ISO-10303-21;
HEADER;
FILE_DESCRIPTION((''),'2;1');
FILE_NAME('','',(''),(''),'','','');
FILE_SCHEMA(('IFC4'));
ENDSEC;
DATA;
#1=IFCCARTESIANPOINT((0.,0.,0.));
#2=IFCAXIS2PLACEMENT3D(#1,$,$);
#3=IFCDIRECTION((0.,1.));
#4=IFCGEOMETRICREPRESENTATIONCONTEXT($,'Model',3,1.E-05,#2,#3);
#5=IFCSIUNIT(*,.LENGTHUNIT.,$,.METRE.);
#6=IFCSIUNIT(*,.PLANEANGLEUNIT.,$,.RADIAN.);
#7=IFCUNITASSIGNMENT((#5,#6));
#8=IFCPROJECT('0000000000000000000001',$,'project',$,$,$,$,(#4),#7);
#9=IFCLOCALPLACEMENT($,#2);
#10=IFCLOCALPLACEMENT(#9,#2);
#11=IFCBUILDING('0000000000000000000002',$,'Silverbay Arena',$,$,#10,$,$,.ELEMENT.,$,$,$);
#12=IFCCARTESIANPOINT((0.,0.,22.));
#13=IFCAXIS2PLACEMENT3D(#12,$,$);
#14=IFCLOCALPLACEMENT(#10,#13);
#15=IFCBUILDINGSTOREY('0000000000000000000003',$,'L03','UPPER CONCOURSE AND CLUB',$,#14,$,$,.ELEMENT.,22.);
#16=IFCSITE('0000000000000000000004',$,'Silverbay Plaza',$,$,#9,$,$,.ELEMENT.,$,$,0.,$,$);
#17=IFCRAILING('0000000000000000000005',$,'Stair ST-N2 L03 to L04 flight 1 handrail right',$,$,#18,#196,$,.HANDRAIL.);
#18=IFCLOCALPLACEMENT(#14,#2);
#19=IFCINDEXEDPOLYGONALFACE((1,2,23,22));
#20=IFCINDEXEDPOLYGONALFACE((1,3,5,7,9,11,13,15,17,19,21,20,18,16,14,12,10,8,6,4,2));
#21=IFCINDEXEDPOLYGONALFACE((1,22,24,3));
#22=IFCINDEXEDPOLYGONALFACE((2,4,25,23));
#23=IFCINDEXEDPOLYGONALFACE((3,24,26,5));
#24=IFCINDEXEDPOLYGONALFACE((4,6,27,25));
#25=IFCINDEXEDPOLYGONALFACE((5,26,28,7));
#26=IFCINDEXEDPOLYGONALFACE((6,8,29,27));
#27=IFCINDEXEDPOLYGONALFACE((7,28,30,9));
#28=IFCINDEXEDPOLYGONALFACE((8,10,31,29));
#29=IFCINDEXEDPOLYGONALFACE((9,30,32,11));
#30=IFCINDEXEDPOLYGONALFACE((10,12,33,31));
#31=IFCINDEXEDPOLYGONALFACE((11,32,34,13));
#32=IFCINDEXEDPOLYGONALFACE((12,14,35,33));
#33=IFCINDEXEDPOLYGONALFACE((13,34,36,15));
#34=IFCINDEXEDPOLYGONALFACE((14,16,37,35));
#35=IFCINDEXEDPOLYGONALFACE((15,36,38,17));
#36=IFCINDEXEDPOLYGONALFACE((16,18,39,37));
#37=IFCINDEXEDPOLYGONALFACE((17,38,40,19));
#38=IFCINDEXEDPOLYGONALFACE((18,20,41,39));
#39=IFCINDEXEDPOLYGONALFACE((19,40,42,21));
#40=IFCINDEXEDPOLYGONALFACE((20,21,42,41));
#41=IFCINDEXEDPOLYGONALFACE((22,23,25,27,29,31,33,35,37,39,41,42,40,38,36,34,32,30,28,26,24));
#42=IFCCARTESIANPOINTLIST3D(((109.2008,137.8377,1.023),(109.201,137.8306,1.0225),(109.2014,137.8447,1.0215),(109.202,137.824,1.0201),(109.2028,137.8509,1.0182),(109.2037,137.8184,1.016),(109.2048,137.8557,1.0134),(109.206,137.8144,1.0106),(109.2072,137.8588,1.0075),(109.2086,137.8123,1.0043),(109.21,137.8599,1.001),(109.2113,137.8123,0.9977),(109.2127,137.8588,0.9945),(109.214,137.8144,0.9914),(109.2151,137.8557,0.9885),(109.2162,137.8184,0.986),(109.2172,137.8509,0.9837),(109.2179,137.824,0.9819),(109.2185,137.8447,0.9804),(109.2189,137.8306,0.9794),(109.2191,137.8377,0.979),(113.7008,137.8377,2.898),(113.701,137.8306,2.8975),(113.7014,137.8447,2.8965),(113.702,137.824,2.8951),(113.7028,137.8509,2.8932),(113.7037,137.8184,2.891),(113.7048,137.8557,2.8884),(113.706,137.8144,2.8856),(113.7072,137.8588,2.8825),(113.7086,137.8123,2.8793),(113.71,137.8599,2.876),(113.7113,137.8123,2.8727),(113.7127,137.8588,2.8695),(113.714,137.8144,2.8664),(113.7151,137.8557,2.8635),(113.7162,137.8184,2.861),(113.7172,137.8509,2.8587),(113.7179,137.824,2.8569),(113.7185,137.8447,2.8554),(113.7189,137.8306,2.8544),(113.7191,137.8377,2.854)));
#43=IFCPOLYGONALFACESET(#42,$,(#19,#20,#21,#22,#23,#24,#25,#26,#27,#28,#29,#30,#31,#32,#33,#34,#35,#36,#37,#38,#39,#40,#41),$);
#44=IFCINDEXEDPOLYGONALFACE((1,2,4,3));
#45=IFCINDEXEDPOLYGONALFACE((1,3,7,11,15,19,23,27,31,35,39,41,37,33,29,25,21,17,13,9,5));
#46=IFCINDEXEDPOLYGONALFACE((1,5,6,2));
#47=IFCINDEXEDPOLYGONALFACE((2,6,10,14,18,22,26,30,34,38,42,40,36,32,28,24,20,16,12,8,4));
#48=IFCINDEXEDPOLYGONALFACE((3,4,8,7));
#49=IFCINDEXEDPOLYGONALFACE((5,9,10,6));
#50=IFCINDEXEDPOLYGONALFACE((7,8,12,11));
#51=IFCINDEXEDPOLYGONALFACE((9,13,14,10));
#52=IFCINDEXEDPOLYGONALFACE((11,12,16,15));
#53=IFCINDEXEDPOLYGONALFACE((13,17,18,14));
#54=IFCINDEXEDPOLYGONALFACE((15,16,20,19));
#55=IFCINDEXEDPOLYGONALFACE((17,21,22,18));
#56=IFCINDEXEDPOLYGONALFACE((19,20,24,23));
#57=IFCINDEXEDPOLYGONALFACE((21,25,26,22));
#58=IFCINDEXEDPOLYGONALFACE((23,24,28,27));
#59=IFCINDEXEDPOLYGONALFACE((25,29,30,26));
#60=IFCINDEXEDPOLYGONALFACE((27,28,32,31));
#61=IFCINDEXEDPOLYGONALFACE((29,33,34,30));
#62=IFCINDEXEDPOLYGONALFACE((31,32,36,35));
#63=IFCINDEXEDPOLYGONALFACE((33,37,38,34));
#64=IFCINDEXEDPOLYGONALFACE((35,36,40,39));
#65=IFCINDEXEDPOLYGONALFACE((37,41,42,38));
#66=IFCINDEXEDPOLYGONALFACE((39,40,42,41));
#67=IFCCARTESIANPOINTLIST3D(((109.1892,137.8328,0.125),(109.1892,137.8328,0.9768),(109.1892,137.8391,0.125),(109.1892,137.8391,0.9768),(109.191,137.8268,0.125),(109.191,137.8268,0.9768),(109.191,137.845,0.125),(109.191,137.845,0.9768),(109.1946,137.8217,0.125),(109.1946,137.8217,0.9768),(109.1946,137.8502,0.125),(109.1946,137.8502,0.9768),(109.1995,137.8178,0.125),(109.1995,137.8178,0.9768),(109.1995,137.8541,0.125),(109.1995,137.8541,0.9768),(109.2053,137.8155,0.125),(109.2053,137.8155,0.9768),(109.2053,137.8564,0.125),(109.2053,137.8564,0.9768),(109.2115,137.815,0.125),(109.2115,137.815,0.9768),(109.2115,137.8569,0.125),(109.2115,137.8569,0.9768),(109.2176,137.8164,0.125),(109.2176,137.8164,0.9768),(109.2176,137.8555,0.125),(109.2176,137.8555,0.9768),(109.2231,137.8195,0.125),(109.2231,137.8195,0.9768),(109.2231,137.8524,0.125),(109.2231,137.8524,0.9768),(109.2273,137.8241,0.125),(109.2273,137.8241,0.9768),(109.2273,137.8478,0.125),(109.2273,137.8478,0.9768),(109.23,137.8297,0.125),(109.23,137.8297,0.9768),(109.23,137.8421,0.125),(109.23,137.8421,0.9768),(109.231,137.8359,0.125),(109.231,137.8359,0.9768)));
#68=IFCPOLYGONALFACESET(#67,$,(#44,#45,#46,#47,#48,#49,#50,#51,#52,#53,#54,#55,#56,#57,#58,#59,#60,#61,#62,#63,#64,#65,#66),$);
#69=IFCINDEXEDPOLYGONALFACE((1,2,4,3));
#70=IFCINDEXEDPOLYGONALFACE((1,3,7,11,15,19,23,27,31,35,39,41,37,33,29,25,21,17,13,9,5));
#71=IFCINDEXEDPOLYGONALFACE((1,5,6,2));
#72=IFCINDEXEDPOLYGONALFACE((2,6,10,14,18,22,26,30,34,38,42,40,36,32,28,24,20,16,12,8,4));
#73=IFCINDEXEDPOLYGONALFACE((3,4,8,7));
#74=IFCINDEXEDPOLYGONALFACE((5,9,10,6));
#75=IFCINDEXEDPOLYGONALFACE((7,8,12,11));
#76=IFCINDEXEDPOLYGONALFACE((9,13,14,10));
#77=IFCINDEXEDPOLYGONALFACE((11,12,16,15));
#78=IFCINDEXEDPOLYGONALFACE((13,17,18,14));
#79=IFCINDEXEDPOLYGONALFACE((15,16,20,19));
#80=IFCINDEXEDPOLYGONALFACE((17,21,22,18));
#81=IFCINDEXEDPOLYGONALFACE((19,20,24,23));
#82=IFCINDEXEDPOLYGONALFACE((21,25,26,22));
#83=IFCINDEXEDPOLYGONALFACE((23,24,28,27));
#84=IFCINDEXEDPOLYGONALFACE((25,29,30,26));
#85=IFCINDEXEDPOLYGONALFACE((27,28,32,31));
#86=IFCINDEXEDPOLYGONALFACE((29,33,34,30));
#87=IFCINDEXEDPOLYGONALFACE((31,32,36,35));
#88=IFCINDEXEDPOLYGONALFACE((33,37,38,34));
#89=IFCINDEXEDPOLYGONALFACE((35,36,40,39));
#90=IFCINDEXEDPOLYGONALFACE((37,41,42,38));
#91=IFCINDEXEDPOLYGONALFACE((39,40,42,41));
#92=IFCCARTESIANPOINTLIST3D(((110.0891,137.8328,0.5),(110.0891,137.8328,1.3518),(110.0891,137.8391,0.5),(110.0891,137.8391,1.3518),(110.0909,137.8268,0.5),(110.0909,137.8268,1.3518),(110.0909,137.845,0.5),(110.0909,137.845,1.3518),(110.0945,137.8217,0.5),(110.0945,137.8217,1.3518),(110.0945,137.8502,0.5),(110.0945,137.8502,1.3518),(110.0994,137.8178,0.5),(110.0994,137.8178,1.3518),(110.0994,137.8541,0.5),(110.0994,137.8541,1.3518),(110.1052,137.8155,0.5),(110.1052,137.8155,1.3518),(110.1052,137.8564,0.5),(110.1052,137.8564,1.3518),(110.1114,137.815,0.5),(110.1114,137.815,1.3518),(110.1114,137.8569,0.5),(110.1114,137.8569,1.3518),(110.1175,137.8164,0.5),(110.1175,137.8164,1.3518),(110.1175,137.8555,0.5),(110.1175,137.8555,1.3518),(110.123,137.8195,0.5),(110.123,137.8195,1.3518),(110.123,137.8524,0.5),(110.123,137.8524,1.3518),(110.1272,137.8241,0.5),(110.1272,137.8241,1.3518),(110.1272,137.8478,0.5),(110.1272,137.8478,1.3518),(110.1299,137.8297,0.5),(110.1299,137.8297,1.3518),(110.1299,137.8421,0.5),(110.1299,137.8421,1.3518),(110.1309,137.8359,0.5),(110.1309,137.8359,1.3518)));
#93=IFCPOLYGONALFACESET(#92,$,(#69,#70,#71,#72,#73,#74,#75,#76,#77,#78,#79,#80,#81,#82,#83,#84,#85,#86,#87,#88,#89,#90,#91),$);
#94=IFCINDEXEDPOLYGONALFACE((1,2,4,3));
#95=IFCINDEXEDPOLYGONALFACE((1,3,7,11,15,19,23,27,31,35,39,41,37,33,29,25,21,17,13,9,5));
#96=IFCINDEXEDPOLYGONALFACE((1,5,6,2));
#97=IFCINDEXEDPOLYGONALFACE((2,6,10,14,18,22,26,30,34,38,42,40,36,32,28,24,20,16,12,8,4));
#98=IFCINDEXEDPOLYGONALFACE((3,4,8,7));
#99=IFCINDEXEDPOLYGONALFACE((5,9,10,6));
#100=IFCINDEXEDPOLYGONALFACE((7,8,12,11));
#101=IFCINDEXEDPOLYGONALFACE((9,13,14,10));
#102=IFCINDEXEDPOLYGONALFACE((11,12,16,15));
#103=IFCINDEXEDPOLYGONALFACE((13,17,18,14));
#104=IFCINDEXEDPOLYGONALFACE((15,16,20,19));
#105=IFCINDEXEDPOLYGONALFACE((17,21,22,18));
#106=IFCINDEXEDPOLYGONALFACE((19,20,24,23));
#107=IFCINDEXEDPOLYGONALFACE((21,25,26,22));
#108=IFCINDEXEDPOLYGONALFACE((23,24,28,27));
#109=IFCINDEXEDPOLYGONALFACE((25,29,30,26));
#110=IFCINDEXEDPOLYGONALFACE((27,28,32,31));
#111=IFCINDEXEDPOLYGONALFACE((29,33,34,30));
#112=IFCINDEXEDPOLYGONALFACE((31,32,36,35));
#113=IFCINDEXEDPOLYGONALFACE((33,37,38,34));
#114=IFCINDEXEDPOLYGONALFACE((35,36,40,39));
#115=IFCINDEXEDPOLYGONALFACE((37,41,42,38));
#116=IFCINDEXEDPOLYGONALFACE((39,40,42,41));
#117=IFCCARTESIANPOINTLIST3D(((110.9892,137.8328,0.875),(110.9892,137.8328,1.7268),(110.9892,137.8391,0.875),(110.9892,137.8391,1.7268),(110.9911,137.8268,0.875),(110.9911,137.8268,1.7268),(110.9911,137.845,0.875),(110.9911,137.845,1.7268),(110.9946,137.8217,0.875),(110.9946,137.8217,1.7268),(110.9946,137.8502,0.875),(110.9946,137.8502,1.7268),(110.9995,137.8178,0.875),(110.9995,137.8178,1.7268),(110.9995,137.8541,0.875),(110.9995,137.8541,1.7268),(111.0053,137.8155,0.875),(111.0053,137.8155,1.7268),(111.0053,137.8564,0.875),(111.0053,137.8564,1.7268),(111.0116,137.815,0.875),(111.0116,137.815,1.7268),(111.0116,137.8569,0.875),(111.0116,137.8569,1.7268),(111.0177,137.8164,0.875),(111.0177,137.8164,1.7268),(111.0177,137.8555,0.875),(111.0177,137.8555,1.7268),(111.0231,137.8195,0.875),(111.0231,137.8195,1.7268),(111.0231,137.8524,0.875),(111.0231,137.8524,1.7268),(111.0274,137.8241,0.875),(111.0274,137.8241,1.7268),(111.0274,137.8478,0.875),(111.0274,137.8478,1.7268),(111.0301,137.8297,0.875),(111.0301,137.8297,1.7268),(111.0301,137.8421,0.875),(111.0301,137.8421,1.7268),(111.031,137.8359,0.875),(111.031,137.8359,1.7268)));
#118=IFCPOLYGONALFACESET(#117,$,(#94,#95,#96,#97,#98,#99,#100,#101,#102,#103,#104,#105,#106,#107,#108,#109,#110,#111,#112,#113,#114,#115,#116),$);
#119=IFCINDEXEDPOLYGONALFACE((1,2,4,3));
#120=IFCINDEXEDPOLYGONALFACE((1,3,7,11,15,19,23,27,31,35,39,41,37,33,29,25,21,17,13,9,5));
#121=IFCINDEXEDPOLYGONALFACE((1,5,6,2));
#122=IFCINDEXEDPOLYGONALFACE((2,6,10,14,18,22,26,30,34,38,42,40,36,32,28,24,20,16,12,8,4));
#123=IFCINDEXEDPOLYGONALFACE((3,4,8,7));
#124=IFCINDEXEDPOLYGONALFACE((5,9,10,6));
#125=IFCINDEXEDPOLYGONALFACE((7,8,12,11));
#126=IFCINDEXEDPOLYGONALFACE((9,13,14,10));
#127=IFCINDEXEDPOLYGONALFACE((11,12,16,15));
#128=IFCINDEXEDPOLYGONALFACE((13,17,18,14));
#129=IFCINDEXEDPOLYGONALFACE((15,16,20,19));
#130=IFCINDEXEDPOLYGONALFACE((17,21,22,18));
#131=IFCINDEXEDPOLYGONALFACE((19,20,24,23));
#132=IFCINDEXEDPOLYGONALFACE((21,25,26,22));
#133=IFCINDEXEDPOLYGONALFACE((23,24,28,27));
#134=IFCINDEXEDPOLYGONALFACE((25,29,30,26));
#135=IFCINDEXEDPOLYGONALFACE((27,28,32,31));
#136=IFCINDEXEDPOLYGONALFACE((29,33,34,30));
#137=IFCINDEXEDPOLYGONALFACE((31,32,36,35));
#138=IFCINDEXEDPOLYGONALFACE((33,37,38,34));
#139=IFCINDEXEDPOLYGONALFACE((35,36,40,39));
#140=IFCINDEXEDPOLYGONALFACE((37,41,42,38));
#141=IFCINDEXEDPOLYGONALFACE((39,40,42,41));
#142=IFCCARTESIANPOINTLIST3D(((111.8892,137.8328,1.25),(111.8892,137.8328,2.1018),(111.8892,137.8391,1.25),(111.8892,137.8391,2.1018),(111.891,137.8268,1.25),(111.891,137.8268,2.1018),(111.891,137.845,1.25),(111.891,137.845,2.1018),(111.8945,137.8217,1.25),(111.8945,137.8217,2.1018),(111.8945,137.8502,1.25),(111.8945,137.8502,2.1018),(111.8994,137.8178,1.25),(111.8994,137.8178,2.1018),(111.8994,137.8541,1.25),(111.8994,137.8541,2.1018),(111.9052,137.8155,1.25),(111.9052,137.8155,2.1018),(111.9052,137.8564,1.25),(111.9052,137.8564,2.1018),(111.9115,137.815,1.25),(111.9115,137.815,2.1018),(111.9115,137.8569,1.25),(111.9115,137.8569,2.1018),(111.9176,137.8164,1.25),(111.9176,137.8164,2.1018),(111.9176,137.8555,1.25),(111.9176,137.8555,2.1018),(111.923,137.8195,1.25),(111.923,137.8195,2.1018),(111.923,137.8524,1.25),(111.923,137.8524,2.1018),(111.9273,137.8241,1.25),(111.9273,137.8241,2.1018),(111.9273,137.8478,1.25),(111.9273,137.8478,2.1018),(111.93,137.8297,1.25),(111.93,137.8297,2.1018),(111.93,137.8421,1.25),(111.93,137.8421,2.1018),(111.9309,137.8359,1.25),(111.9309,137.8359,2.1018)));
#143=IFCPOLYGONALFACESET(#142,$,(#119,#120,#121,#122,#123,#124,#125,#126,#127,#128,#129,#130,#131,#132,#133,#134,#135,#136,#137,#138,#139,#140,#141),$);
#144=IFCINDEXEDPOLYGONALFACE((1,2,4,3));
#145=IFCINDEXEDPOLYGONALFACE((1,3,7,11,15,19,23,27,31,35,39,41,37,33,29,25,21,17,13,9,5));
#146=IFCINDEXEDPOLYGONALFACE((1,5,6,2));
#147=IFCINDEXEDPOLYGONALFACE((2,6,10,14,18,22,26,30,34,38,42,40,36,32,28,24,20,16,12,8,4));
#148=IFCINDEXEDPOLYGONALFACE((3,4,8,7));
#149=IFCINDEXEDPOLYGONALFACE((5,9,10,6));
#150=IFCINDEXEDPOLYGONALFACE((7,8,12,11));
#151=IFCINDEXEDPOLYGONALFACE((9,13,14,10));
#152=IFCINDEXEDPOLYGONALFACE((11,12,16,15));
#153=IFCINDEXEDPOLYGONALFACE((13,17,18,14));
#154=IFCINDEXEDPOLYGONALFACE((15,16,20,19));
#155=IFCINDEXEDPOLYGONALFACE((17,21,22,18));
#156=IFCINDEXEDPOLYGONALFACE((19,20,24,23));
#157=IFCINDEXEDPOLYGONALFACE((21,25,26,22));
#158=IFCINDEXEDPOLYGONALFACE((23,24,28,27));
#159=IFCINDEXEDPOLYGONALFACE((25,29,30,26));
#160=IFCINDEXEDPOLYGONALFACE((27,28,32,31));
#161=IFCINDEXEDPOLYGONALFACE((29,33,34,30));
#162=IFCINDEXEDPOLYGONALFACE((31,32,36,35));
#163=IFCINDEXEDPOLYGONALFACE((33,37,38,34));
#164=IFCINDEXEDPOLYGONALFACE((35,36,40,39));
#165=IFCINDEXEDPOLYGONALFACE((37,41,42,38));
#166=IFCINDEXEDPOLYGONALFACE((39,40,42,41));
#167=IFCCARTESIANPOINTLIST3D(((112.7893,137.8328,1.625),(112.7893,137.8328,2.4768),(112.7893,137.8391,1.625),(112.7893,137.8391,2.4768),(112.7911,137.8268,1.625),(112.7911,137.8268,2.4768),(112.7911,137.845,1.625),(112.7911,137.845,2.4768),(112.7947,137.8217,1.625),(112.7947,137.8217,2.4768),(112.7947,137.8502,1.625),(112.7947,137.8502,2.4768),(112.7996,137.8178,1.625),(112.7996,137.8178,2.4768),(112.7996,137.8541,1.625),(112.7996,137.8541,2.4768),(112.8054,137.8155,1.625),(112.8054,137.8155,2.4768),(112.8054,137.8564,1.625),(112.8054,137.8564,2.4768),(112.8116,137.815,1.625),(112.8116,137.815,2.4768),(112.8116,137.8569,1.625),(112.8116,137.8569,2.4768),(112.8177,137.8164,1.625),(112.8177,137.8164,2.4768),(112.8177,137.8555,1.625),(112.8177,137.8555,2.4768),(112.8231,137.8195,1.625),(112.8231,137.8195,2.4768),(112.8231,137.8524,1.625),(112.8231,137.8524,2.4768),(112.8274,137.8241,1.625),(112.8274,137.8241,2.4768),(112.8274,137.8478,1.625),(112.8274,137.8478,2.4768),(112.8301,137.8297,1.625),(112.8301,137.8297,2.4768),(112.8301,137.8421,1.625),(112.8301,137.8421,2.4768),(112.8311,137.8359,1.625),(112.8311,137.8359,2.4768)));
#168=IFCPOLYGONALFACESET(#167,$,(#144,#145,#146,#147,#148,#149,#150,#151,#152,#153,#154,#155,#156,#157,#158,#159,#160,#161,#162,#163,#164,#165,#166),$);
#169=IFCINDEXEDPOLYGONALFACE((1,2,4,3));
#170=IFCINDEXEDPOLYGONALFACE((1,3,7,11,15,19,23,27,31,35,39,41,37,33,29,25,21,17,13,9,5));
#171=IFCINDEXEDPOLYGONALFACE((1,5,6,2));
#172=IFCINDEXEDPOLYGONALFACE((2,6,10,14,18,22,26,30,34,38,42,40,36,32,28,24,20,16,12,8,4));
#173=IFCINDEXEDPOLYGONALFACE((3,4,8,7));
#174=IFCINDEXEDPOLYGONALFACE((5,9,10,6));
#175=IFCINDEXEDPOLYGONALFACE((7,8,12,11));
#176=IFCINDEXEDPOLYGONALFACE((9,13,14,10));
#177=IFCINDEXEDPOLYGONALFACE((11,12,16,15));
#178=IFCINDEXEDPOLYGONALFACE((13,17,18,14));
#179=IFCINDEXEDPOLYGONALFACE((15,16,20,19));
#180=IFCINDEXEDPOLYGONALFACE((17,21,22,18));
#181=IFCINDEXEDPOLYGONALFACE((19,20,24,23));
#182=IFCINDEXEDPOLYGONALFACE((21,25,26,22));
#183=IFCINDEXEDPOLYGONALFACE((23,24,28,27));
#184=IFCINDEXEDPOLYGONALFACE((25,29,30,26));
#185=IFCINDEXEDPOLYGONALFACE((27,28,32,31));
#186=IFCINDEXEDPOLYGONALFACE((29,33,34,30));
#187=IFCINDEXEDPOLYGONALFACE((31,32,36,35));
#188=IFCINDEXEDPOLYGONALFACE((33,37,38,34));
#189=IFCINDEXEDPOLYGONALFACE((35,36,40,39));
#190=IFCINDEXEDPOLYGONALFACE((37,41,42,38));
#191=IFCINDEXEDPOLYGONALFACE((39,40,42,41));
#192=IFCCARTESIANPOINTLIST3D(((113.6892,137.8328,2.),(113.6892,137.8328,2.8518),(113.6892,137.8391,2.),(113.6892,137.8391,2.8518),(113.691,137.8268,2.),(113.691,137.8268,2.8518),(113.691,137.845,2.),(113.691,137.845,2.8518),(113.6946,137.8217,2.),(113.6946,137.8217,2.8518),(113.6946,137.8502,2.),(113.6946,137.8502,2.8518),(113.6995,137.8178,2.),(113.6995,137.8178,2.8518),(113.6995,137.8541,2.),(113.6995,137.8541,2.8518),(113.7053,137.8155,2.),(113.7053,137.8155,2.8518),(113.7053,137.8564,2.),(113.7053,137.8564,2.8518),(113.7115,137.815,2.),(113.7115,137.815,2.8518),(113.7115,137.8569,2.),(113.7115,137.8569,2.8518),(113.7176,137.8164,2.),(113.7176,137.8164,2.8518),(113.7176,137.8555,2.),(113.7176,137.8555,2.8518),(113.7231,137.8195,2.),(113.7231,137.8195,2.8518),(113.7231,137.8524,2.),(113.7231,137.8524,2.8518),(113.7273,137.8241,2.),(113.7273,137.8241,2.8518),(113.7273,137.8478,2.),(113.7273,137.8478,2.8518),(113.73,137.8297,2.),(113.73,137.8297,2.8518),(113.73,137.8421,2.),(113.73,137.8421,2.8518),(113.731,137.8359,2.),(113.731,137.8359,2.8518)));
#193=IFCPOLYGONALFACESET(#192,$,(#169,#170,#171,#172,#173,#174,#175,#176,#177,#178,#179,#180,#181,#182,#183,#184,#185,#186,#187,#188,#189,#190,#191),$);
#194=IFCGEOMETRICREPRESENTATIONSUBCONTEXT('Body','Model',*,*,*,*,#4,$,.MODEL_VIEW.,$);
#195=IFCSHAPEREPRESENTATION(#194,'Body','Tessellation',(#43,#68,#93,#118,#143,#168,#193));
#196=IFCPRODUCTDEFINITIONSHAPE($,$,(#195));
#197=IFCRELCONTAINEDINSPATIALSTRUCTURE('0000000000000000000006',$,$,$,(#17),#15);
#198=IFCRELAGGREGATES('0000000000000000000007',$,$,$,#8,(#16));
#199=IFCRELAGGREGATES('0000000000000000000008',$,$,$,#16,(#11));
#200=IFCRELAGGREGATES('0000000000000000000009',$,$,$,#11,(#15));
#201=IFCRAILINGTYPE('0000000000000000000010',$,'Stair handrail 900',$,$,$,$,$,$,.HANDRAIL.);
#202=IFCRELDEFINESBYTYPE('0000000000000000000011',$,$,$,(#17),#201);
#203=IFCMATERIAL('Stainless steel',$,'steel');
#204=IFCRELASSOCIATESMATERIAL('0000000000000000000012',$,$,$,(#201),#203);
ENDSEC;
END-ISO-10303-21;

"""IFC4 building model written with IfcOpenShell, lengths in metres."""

from ifc_helpers import new_model, si_unit, direction, frame, origin, origin_2d, place, context, subcontext, project, spatial, circle, extrude, material, type_object, element, save


model = new_model("IFC4")

# Units and contexts
model_context = context("Model", 3, precision=1e-05, world=origin(), true_north=direction((0.0, 1.0)))
body_context = subcontext(model_context, "Body", "Model", "MODEL_VIEW")
ifc_project = project(units=[si_unit("LENGTHUNIT", "METRE"), si_unit("PLANEANGLEUNIT", "RADIAN")], contexts=[model_context])

# Site, building, storey
site_placement = place(None, origin())
site = spatial("IfcSite", under=ifc_project, at=site_placement, Name="Silverbay Plaza", CompositionType="ELEMENT", RefElevation=0.0)
building_placement = place(site_placement, origin())
building = spatial("IfcBuilding", under=site, at=building_placement, Name="Silverbay Arena", CompositionType="ELEMENT")
storey_placement = place(building_placement, frame((0.0, 0.0, 22.0)))
storey = spatial("IfcBuildingStorey", under=building, at=storey_placement, Name="L03", Description="UPPER CONCOURSE AND CLUB", CompositionType="ELEMENT", Elevation=22.0)

# Railing
ifc_material_1 = material(Name="Stainless steel", Category="steel")
railing_type_1 = type_object("IfcRailingType", Name="Stair handrail 900", PredefinedType="HANDRAIL", material=ifc_material_1)
railing_1_placement = place(storey_placement, frame((109.21, 137.8359, 0.125)))
element("IfcRailing", 1, at=railing_1_placement, inside=storey, type_object=railing_type_1, Name="Stair ST-N2 L03 to L04 flight 1 handrail right", PredefinedType="HANDRAIL", context=body_context, shape_type="SweptSolid", body=[
    extrude(circle(Radius=0.0239, at=origin_2d()), frame((0.0, 0.0, 0.876), z_axis=(0.923077, 0.0, 0.384615), x_axis=(0.0, 1.0, 0.0)), (0.0, 0.0, 1.0), 4.875),
    extrude(circle(Radius=0.021, at=origin_2d()), origin(), (0.0, 0.0, 1.0), 0.8518),
    extrude(circle(Radius=0.021, at=origin_2d()), frame((0.8999, 0.0, 0.375)), (0.0, 0.0, 1.0), 0.8518),
    extrude(circle(Radius=0.021, at=origin_2d()), frame((1.8, 0.0, 0.75)), (0.0, 0.0, 1.0), 0.8518),
    extrude(circle(Radius=0.021, at=origin_2d()), frame((2.7, 0.0, 1.125)), (0.0, 0.0, 1.0), 0.8518),
    extrude(circle(Radius=0.021, at=origin_2d()), frame((3.6001, 0.0, 1.5)), (0.0, 0.0, 1.0), 0.8518),
    extrude(circle(Radius=0.021, at=origin_2d()), frame((4.5, 0.0, 1.875)), (0.0, 0.0, 1.0), 0.8518),
])

save(model, "model.ifc")
